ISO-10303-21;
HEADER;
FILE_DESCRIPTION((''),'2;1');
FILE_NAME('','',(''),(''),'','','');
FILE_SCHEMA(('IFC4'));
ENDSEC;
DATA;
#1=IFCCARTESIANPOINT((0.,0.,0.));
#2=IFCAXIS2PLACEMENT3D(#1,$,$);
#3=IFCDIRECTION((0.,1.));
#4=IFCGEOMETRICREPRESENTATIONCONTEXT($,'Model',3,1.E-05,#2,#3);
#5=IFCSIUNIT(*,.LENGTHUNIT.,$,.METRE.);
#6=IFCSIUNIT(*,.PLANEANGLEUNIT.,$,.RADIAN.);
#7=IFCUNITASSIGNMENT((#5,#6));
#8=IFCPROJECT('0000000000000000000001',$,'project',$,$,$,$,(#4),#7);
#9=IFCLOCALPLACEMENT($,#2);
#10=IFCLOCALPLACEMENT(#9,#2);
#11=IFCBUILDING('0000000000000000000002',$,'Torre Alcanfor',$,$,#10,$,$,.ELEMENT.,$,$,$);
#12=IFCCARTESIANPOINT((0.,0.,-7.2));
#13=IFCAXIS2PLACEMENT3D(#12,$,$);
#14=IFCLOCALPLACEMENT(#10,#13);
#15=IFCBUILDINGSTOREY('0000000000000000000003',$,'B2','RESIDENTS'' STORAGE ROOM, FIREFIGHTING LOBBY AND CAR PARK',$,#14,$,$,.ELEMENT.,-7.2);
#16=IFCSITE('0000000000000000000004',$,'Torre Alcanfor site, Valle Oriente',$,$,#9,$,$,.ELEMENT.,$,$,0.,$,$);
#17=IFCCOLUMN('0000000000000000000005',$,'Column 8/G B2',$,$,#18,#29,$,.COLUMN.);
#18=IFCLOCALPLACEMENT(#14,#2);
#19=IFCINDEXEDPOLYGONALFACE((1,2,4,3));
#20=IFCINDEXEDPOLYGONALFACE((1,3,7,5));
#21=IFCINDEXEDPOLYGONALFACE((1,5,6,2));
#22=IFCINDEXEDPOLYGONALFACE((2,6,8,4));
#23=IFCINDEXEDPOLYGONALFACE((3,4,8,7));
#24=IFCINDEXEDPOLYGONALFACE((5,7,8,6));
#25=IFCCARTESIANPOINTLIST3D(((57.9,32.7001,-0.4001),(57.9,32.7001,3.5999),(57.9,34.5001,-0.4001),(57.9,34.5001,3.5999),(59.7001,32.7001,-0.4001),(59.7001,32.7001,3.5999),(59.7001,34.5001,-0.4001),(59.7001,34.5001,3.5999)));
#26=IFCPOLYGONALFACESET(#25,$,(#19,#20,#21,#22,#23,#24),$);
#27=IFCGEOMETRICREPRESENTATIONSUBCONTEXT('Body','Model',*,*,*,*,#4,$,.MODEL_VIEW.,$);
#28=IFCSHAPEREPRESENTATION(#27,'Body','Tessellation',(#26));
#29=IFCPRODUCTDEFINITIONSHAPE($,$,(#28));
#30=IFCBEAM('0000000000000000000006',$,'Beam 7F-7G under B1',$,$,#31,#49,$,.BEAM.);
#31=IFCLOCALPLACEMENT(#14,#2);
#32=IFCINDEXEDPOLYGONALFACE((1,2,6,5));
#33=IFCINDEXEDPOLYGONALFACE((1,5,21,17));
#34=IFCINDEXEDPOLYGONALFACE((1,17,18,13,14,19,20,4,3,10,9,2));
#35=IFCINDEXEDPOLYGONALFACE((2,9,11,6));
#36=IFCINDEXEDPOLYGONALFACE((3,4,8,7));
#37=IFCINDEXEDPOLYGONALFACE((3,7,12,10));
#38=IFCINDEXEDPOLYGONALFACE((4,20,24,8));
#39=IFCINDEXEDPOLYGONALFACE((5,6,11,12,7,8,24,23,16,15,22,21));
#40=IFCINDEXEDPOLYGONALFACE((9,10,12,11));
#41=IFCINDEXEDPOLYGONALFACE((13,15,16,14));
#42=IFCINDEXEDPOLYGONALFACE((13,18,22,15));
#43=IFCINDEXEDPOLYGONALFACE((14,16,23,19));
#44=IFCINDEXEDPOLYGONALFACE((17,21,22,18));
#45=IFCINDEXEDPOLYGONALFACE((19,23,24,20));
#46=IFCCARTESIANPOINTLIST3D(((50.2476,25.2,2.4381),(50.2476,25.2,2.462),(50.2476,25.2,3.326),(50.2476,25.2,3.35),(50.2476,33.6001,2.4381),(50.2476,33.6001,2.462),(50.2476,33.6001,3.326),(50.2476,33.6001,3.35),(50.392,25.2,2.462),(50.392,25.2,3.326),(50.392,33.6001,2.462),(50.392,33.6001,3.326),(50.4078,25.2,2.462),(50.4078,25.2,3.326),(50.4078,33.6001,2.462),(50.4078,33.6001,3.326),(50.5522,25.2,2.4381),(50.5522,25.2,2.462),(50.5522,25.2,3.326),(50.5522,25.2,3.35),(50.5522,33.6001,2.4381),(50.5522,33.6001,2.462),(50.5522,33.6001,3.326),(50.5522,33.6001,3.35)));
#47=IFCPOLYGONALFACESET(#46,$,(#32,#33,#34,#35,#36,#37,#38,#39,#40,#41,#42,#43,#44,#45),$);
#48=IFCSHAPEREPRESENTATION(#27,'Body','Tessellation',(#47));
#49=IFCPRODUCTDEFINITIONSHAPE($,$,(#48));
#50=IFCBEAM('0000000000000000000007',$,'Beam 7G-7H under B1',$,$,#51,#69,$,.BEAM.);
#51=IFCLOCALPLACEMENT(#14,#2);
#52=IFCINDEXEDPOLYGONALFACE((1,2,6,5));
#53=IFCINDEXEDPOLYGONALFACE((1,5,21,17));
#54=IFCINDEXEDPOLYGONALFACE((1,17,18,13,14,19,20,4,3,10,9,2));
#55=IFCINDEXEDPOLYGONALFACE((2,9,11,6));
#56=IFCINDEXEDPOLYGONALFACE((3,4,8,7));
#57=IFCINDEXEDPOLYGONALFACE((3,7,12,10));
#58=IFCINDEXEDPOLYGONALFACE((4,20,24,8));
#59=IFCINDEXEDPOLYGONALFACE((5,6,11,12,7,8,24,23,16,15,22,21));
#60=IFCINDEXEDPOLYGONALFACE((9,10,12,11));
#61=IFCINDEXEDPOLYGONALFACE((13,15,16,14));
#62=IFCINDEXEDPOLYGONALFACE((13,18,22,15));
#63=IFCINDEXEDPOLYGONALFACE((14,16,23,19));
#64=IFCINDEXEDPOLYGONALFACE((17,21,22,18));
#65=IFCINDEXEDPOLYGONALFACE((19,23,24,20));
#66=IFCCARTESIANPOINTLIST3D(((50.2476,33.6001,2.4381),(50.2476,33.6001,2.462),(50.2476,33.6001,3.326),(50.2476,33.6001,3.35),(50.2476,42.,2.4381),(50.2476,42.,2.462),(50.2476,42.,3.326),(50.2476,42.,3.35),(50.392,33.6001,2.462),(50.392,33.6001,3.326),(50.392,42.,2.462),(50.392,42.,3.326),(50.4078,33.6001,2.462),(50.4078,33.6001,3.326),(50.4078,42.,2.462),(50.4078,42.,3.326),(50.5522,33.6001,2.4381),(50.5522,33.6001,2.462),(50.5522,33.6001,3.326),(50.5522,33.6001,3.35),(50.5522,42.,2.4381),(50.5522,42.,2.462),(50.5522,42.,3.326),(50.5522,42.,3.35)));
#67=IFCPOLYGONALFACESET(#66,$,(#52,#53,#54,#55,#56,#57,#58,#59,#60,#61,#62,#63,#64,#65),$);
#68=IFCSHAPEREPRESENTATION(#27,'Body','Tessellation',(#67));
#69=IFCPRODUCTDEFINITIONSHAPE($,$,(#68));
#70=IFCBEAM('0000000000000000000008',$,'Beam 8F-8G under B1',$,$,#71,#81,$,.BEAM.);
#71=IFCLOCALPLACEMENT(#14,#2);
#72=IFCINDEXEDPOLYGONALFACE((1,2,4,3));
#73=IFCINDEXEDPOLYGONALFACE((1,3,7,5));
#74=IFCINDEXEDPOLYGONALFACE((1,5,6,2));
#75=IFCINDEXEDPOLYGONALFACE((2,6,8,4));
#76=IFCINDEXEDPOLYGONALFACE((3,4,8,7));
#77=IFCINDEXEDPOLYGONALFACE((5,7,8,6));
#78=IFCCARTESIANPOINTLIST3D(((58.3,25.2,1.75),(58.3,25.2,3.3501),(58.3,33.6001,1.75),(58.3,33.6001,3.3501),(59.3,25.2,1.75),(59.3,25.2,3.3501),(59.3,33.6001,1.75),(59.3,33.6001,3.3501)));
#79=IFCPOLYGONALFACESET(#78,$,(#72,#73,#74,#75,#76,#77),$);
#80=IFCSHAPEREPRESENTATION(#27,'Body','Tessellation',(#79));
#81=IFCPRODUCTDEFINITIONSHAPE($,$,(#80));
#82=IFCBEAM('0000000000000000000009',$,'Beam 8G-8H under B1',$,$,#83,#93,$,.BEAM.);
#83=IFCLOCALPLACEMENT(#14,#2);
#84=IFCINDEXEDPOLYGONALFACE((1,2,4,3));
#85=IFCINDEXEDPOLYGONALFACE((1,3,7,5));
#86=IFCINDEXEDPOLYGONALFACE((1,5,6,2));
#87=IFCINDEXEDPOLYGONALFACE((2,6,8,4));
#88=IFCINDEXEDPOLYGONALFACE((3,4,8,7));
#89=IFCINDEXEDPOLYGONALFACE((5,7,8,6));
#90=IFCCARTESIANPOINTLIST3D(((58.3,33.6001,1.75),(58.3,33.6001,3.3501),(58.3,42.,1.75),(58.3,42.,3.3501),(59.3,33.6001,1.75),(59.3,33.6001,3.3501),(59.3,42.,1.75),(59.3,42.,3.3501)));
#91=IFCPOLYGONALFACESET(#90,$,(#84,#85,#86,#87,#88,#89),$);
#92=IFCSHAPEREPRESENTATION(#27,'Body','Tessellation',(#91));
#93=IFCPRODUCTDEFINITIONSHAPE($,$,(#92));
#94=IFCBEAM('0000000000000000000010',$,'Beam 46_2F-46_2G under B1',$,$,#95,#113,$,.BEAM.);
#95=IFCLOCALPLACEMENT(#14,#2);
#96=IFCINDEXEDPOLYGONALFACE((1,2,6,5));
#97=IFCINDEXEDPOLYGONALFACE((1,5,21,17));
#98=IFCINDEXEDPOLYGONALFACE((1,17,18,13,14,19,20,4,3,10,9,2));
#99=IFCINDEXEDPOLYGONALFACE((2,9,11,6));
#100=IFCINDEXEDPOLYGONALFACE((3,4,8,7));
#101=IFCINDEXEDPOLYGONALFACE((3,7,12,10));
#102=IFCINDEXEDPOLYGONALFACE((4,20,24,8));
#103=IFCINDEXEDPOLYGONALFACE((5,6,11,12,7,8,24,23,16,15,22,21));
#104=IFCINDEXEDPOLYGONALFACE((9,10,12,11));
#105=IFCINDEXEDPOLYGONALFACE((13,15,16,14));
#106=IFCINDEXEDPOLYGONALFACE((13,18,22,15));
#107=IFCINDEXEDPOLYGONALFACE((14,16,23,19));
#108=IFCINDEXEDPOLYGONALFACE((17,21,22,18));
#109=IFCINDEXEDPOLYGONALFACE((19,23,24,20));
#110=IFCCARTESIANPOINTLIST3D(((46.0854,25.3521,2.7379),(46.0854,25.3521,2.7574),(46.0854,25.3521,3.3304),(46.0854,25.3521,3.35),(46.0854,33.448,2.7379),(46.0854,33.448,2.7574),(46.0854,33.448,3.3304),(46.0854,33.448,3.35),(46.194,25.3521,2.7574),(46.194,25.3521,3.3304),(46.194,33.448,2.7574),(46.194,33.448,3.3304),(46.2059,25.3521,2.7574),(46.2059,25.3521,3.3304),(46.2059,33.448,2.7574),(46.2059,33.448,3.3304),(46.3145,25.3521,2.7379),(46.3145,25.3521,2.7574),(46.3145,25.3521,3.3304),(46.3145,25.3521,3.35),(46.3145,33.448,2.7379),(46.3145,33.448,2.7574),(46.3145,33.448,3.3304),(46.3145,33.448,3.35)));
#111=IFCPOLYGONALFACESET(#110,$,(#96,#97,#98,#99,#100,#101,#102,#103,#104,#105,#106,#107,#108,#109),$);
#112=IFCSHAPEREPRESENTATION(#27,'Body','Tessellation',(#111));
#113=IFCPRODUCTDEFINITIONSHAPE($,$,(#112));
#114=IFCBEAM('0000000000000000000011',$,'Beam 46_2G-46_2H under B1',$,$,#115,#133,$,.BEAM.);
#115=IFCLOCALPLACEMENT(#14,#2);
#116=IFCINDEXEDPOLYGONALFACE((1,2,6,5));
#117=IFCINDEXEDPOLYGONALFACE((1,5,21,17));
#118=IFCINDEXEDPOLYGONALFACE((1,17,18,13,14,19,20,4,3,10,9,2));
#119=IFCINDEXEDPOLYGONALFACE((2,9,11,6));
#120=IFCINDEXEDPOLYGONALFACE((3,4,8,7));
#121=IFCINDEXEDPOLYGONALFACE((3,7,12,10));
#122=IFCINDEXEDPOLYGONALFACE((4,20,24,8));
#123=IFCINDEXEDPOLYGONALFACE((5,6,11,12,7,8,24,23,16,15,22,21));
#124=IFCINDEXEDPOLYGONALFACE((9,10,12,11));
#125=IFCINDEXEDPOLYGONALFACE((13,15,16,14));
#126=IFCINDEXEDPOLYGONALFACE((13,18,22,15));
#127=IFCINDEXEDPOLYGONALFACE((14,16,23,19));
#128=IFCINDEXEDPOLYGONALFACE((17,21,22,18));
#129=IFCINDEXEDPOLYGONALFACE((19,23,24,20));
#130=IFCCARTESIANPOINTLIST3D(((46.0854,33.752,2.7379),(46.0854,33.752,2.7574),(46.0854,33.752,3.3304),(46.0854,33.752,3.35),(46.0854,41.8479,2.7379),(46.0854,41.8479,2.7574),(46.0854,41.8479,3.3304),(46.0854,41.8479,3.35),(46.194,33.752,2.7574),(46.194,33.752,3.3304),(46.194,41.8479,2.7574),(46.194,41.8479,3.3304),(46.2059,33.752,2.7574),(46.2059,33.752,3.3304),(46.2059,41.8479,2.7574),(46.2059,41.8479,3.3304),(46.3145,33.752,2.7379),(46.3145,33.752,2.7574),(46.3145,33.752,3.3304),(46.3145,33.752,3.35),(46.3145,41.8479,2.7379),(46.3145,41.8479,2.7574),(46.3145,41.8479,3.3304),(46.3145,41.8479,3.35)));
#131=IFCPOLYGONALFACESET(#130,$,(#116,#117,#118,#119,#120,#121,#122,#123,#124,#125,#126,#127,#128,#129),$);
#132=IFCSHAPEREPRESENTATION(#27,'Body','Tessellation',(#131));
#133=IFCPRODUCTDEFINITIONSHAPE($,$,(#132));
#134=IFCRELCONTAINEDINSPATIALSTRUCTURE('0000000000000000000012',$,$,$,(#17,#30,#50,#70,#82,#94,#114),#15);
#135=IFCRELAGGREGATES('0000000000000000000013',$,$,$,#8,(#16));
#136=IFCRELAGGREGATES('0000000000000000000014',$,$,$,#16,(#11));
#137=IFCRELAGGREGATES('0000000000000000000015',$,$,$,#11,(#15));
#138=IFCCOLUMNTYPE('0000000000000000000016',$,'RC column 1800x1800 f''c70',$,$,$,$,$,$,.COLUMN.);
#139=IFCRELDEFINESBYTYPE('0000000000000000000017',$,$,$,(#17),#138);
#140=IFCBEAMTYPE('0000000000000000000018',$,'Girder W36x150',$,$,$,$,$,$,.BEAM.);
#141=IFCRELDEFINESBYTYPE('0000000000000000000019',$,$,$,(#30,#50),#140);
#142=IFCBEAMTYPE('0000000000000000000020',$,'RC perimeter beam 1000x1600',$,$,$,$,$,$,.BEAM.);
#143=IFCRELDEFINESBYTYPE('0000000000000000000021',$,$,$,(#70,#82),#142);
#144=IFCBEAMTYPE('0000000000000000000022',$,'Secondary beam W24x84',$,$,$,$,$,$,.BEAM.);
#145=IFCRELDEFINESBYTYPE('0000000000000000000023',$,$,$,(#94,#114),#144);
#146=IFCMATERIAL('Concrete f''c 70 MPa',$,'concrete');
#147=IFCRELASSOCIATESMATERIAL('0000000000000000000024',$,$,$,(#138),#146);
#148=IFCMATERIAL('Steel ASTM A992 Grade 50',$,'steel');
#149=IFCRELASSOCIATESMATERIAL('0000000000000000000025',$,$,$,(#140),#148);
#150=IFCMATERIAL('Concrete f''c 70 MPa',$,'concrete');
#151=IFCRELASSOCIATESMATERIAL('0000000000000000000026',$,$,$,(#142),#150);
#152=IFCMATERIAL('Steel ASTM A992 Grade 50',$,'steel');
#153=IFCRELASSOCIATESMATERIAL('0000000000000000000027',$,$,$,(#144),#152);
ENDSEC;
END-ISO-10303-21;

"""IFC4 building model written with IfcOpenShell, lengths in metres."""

from ifc_helpers import new_model, si_unit, direction, frame, origin, origin_2d, place, context, subcontext, project, spatial, rectangle, i_section, extrude, material, material_profile, profile_set, type_object, element, save


model = new_model("IFC4")

# Units and contexts
model_context = context("Model", 3, precision=1e-05, world=origin(), true_north=direction((0.0, 1.0)))
body_context = subcontext(model_context, "Body", "Model", "MODEL_VIEW")
ifc_project = project(units=[si_unit("LENGTHUNIT", "METRE"), si_unit("PLANEANGLEUNIT", "RADIAN")], contexts=[model_context])

# Site, building, storey
site_placement = place(None, origin())
site = spatial("IfcSite", under=ifc_project, at=site_placement, Name="Torre Alcanfor site, Valle Oriente", CompositionType="ELEMENT", RefElevation=0.0)
building_placement = place(site_placement, origin())
building = spatial("IfcBuilding", under=site, at=building_placement, Name="Torre Alcanfor", CompositionType="ELEMENT")
storey_placement = place(building_placement, frame((0.0, 0.0, -7.2)))
storey = spatial("IfcBuildingStorey", under=building, at=storey_placement, Name="B2", Description="RESIDENTS' STORAGE ROOM, FIREFIGHTING LOBBY AND CAR PARK", CompositionType="ELEMENT", Elevation=-7.2)

# Column
ifc_material_1 = material(Name="Concrete f'c 70 MPa", Category="concrete")
ifc_material_profile_1 = material_profile(ifc_material_1, rectangle(XDim=1.8, YDim=1.8, at=origin_2d()), Name="1800x1800")
ifc_profile_set_1 = profile_set([ifc_material_profile_1], Name="Concrete f'c 70 MPa")
column_type = type_object("IfcColumnType", Name="RC column 1800x1800 f'c70", PredefinedType="COLUMN", material=ifc_profile_set_1)
for number, where, z_axis, x_axis, name in (
    (1, (58.8, 33.6001, -0.4001), (0.0, 0.0, 1.0), (1.0, 0.0, 0.0), "Column 8/G B2"),
):
    element("IfcColumn", number, at=place(storey_placement, frame(where, z_axis=z_axis, x_axis=x_axis)), inside=storey, type_object=column_type, Name=name, PredefinedType="COLUMN", context=body_context, shape_type="SweptSolid", body=[
        extrude(rectangle(XDim=1.8, YDim=1.8, at=origin_2d()), origin(), (0.0, 0.0, 1.0), 4.0),
    ])

# Beams
ifc_material_2 = material(Name="Steel ASTM A992 Grade 50", Category="steel")
ifc_material_profile_2 = material_profile(ifc_material_2, i_section(OverallWidth=0.3047, OverallDepth=0.9119, WebThickness=0.0159, FlangeThickness=0.0239, at=origin_2d()), Name="W36x150")
ifc_profile_set_2 = profile_set([ifc_material_profile_2], Name="Steel ASTM A992 Grade 50")
beam_type_1 = type_object("IfcBeamType", Name="Girder W36x150", PredefinedType="BEAM", material=ifc_profile_set_2)
beam_1_placement = place(storey_placement, frame((50.3999, 25.2, 2.894), z_axis=(0.0, 1.0, 0.0), x_axis=(-1.0, 0.0, 0.0)))
element("IfcBeam", 2, at=beam_1_placement, inside=storey, type_object=beam_type_1, Name="Beam 7F-7G under B1", PredefinedType="BEAM", context=body_context, shape_type="SweptSolid", body=[
    extrude(i_section(OverallWidth=0.3047, OverallDepth=0.9119, WebThickness=0.0159, FlangeThickness=0.0239, at=origin_2d()), origin(), (0.0, 0.0, 1.0), 8.4001),
])
beam_2_placement = place(storey_placement, frame((50.3999, 33.6001, 2.894), z_axis=(0.0, 1.0, 0.0), x_axis=(-1.0, 0.0, 0.0)))
element("IfcBeam", 3, at=beam_2_placement, inside=storey, type_object=beam_type_1, Name="Beam 7G-7H under B1", PredefinedType="BEAM", context=body_context, shape_type="SweptSolid", body=[
    extrude(i_section(OverallWidth=0.3047, OverallDepth=0.9119, WebThickness=0.0159, FlangeThickness=0.0239, at=origin_2d()), origin(), (0.0, 0.0, 1.0), 8.3999),
])
ifc_material_3 = material(Name="Concrete f'c 70 MPa", Category="concrete")
ifc_material_profile_3 = material_profile(ifc_material_3, rectangle(XDim=1.0, YDim=1.6001, at=origin_2d()), Name="1000x1600")
ifc_profile_set_3 = profile_set([ifc_material_profile_3], Name="Concrete f'c 70 MPa")
beam_type_2 = type_object("IfcBeamType", Name="RC perimeter beam 1000x1600", PredefinedType="BEAM", material=ifc_profile_set_3)
beam_3_placement = place(storey_placement, frame((58.8, 25.2, 2.55), z_axis=(0.0, 1.0, 0.0), x_axis=(-1.0, 0.0, 0.0)))
element("IfcBeam", 4, at=beam_3_placement, inside=storey, type_object=beam_type_2, Name="Beam 8F-8G under B1", PredefinedType="BEAM", context=body_context, shape_type="SweptSolid", body=[
    extrude(rectangle(XDim=1.0, YDim=1.6001, at=origin_2d()), origin(), (0.0, 0.0, 1.0), 8.4001),
])
beam_4_placement = place(storey_placement, frame((58.8, 33.6001, 2.55), z_axis=(0.0, 1.0, 0.0), x_axis=(-1.0, 0.0, 0.0)))
element("IfcBeam", 5, at=beam_4_placement, inside=storey, type_object=beam_type_2, Name="Beam 8G-8H under B1", PredefinedType="BEAM", context=body_context, shape_type="SweptSolid", body=[
    extrude(rectangle(XDim=1.0, YDim=1.6001, at=origin_2d()), origin(), (0.0, 0.0, 1.0), 8.3999),
])
ifc_material_4 = material(Name="Steel ASTM A992 Grade 50", Category="steel")
ifc_material_profile_4 = material_profile(ifc_material_4, i_section(OverallWidth=0.229, OverallDepth=0.6121, WebThickness=0.012, FlangeThickness=0.0195, at=origin_2d()), Name="W24x84")
ifc_profile_set_4 = profile_set([ifc_material_profile_4], Name="Steel ASTM A992 Grade 50")
beam_type_3 = type_object("IfcBeamType", Name="Secondary beam W24x84", PredefinedType="BEAM", material=ifc_profile_set_4)
for number, where, z_axis, x_axis, name in (
    (6, (46.2, 25.3521, 3.0439), (0.0, 1.0, 0.0), (-1.0, 0.0, 0.0), "Beam 46_2F-46_2G under B1"),
    (7, (46.2, 33.752, 3.0439), (0.0, 1.0, 0.0), (-1.0, 0.0, 0.0), "Beam 46_2G-46_2H under B1"),
):
    element("IfcBeam", number, at=place(storey_placement, frame(where, z_axis=z_axis, x_axis=x_axis)), inside=storey, type_object=beam_type_3, Name=name, PredefinedType="BEAM", context=body_context, shape_type="SweptSolid", body=[
        extrude(i_section(OverallWidth=0.229, OverallDepth=0.6121, WebThickness=0.012, FlangeThickness=0.0195, at=origin_2d()), origin(), (0.0, 0.0, 1.0), 8.0959),
    ])

save(model, "model.ifc")
